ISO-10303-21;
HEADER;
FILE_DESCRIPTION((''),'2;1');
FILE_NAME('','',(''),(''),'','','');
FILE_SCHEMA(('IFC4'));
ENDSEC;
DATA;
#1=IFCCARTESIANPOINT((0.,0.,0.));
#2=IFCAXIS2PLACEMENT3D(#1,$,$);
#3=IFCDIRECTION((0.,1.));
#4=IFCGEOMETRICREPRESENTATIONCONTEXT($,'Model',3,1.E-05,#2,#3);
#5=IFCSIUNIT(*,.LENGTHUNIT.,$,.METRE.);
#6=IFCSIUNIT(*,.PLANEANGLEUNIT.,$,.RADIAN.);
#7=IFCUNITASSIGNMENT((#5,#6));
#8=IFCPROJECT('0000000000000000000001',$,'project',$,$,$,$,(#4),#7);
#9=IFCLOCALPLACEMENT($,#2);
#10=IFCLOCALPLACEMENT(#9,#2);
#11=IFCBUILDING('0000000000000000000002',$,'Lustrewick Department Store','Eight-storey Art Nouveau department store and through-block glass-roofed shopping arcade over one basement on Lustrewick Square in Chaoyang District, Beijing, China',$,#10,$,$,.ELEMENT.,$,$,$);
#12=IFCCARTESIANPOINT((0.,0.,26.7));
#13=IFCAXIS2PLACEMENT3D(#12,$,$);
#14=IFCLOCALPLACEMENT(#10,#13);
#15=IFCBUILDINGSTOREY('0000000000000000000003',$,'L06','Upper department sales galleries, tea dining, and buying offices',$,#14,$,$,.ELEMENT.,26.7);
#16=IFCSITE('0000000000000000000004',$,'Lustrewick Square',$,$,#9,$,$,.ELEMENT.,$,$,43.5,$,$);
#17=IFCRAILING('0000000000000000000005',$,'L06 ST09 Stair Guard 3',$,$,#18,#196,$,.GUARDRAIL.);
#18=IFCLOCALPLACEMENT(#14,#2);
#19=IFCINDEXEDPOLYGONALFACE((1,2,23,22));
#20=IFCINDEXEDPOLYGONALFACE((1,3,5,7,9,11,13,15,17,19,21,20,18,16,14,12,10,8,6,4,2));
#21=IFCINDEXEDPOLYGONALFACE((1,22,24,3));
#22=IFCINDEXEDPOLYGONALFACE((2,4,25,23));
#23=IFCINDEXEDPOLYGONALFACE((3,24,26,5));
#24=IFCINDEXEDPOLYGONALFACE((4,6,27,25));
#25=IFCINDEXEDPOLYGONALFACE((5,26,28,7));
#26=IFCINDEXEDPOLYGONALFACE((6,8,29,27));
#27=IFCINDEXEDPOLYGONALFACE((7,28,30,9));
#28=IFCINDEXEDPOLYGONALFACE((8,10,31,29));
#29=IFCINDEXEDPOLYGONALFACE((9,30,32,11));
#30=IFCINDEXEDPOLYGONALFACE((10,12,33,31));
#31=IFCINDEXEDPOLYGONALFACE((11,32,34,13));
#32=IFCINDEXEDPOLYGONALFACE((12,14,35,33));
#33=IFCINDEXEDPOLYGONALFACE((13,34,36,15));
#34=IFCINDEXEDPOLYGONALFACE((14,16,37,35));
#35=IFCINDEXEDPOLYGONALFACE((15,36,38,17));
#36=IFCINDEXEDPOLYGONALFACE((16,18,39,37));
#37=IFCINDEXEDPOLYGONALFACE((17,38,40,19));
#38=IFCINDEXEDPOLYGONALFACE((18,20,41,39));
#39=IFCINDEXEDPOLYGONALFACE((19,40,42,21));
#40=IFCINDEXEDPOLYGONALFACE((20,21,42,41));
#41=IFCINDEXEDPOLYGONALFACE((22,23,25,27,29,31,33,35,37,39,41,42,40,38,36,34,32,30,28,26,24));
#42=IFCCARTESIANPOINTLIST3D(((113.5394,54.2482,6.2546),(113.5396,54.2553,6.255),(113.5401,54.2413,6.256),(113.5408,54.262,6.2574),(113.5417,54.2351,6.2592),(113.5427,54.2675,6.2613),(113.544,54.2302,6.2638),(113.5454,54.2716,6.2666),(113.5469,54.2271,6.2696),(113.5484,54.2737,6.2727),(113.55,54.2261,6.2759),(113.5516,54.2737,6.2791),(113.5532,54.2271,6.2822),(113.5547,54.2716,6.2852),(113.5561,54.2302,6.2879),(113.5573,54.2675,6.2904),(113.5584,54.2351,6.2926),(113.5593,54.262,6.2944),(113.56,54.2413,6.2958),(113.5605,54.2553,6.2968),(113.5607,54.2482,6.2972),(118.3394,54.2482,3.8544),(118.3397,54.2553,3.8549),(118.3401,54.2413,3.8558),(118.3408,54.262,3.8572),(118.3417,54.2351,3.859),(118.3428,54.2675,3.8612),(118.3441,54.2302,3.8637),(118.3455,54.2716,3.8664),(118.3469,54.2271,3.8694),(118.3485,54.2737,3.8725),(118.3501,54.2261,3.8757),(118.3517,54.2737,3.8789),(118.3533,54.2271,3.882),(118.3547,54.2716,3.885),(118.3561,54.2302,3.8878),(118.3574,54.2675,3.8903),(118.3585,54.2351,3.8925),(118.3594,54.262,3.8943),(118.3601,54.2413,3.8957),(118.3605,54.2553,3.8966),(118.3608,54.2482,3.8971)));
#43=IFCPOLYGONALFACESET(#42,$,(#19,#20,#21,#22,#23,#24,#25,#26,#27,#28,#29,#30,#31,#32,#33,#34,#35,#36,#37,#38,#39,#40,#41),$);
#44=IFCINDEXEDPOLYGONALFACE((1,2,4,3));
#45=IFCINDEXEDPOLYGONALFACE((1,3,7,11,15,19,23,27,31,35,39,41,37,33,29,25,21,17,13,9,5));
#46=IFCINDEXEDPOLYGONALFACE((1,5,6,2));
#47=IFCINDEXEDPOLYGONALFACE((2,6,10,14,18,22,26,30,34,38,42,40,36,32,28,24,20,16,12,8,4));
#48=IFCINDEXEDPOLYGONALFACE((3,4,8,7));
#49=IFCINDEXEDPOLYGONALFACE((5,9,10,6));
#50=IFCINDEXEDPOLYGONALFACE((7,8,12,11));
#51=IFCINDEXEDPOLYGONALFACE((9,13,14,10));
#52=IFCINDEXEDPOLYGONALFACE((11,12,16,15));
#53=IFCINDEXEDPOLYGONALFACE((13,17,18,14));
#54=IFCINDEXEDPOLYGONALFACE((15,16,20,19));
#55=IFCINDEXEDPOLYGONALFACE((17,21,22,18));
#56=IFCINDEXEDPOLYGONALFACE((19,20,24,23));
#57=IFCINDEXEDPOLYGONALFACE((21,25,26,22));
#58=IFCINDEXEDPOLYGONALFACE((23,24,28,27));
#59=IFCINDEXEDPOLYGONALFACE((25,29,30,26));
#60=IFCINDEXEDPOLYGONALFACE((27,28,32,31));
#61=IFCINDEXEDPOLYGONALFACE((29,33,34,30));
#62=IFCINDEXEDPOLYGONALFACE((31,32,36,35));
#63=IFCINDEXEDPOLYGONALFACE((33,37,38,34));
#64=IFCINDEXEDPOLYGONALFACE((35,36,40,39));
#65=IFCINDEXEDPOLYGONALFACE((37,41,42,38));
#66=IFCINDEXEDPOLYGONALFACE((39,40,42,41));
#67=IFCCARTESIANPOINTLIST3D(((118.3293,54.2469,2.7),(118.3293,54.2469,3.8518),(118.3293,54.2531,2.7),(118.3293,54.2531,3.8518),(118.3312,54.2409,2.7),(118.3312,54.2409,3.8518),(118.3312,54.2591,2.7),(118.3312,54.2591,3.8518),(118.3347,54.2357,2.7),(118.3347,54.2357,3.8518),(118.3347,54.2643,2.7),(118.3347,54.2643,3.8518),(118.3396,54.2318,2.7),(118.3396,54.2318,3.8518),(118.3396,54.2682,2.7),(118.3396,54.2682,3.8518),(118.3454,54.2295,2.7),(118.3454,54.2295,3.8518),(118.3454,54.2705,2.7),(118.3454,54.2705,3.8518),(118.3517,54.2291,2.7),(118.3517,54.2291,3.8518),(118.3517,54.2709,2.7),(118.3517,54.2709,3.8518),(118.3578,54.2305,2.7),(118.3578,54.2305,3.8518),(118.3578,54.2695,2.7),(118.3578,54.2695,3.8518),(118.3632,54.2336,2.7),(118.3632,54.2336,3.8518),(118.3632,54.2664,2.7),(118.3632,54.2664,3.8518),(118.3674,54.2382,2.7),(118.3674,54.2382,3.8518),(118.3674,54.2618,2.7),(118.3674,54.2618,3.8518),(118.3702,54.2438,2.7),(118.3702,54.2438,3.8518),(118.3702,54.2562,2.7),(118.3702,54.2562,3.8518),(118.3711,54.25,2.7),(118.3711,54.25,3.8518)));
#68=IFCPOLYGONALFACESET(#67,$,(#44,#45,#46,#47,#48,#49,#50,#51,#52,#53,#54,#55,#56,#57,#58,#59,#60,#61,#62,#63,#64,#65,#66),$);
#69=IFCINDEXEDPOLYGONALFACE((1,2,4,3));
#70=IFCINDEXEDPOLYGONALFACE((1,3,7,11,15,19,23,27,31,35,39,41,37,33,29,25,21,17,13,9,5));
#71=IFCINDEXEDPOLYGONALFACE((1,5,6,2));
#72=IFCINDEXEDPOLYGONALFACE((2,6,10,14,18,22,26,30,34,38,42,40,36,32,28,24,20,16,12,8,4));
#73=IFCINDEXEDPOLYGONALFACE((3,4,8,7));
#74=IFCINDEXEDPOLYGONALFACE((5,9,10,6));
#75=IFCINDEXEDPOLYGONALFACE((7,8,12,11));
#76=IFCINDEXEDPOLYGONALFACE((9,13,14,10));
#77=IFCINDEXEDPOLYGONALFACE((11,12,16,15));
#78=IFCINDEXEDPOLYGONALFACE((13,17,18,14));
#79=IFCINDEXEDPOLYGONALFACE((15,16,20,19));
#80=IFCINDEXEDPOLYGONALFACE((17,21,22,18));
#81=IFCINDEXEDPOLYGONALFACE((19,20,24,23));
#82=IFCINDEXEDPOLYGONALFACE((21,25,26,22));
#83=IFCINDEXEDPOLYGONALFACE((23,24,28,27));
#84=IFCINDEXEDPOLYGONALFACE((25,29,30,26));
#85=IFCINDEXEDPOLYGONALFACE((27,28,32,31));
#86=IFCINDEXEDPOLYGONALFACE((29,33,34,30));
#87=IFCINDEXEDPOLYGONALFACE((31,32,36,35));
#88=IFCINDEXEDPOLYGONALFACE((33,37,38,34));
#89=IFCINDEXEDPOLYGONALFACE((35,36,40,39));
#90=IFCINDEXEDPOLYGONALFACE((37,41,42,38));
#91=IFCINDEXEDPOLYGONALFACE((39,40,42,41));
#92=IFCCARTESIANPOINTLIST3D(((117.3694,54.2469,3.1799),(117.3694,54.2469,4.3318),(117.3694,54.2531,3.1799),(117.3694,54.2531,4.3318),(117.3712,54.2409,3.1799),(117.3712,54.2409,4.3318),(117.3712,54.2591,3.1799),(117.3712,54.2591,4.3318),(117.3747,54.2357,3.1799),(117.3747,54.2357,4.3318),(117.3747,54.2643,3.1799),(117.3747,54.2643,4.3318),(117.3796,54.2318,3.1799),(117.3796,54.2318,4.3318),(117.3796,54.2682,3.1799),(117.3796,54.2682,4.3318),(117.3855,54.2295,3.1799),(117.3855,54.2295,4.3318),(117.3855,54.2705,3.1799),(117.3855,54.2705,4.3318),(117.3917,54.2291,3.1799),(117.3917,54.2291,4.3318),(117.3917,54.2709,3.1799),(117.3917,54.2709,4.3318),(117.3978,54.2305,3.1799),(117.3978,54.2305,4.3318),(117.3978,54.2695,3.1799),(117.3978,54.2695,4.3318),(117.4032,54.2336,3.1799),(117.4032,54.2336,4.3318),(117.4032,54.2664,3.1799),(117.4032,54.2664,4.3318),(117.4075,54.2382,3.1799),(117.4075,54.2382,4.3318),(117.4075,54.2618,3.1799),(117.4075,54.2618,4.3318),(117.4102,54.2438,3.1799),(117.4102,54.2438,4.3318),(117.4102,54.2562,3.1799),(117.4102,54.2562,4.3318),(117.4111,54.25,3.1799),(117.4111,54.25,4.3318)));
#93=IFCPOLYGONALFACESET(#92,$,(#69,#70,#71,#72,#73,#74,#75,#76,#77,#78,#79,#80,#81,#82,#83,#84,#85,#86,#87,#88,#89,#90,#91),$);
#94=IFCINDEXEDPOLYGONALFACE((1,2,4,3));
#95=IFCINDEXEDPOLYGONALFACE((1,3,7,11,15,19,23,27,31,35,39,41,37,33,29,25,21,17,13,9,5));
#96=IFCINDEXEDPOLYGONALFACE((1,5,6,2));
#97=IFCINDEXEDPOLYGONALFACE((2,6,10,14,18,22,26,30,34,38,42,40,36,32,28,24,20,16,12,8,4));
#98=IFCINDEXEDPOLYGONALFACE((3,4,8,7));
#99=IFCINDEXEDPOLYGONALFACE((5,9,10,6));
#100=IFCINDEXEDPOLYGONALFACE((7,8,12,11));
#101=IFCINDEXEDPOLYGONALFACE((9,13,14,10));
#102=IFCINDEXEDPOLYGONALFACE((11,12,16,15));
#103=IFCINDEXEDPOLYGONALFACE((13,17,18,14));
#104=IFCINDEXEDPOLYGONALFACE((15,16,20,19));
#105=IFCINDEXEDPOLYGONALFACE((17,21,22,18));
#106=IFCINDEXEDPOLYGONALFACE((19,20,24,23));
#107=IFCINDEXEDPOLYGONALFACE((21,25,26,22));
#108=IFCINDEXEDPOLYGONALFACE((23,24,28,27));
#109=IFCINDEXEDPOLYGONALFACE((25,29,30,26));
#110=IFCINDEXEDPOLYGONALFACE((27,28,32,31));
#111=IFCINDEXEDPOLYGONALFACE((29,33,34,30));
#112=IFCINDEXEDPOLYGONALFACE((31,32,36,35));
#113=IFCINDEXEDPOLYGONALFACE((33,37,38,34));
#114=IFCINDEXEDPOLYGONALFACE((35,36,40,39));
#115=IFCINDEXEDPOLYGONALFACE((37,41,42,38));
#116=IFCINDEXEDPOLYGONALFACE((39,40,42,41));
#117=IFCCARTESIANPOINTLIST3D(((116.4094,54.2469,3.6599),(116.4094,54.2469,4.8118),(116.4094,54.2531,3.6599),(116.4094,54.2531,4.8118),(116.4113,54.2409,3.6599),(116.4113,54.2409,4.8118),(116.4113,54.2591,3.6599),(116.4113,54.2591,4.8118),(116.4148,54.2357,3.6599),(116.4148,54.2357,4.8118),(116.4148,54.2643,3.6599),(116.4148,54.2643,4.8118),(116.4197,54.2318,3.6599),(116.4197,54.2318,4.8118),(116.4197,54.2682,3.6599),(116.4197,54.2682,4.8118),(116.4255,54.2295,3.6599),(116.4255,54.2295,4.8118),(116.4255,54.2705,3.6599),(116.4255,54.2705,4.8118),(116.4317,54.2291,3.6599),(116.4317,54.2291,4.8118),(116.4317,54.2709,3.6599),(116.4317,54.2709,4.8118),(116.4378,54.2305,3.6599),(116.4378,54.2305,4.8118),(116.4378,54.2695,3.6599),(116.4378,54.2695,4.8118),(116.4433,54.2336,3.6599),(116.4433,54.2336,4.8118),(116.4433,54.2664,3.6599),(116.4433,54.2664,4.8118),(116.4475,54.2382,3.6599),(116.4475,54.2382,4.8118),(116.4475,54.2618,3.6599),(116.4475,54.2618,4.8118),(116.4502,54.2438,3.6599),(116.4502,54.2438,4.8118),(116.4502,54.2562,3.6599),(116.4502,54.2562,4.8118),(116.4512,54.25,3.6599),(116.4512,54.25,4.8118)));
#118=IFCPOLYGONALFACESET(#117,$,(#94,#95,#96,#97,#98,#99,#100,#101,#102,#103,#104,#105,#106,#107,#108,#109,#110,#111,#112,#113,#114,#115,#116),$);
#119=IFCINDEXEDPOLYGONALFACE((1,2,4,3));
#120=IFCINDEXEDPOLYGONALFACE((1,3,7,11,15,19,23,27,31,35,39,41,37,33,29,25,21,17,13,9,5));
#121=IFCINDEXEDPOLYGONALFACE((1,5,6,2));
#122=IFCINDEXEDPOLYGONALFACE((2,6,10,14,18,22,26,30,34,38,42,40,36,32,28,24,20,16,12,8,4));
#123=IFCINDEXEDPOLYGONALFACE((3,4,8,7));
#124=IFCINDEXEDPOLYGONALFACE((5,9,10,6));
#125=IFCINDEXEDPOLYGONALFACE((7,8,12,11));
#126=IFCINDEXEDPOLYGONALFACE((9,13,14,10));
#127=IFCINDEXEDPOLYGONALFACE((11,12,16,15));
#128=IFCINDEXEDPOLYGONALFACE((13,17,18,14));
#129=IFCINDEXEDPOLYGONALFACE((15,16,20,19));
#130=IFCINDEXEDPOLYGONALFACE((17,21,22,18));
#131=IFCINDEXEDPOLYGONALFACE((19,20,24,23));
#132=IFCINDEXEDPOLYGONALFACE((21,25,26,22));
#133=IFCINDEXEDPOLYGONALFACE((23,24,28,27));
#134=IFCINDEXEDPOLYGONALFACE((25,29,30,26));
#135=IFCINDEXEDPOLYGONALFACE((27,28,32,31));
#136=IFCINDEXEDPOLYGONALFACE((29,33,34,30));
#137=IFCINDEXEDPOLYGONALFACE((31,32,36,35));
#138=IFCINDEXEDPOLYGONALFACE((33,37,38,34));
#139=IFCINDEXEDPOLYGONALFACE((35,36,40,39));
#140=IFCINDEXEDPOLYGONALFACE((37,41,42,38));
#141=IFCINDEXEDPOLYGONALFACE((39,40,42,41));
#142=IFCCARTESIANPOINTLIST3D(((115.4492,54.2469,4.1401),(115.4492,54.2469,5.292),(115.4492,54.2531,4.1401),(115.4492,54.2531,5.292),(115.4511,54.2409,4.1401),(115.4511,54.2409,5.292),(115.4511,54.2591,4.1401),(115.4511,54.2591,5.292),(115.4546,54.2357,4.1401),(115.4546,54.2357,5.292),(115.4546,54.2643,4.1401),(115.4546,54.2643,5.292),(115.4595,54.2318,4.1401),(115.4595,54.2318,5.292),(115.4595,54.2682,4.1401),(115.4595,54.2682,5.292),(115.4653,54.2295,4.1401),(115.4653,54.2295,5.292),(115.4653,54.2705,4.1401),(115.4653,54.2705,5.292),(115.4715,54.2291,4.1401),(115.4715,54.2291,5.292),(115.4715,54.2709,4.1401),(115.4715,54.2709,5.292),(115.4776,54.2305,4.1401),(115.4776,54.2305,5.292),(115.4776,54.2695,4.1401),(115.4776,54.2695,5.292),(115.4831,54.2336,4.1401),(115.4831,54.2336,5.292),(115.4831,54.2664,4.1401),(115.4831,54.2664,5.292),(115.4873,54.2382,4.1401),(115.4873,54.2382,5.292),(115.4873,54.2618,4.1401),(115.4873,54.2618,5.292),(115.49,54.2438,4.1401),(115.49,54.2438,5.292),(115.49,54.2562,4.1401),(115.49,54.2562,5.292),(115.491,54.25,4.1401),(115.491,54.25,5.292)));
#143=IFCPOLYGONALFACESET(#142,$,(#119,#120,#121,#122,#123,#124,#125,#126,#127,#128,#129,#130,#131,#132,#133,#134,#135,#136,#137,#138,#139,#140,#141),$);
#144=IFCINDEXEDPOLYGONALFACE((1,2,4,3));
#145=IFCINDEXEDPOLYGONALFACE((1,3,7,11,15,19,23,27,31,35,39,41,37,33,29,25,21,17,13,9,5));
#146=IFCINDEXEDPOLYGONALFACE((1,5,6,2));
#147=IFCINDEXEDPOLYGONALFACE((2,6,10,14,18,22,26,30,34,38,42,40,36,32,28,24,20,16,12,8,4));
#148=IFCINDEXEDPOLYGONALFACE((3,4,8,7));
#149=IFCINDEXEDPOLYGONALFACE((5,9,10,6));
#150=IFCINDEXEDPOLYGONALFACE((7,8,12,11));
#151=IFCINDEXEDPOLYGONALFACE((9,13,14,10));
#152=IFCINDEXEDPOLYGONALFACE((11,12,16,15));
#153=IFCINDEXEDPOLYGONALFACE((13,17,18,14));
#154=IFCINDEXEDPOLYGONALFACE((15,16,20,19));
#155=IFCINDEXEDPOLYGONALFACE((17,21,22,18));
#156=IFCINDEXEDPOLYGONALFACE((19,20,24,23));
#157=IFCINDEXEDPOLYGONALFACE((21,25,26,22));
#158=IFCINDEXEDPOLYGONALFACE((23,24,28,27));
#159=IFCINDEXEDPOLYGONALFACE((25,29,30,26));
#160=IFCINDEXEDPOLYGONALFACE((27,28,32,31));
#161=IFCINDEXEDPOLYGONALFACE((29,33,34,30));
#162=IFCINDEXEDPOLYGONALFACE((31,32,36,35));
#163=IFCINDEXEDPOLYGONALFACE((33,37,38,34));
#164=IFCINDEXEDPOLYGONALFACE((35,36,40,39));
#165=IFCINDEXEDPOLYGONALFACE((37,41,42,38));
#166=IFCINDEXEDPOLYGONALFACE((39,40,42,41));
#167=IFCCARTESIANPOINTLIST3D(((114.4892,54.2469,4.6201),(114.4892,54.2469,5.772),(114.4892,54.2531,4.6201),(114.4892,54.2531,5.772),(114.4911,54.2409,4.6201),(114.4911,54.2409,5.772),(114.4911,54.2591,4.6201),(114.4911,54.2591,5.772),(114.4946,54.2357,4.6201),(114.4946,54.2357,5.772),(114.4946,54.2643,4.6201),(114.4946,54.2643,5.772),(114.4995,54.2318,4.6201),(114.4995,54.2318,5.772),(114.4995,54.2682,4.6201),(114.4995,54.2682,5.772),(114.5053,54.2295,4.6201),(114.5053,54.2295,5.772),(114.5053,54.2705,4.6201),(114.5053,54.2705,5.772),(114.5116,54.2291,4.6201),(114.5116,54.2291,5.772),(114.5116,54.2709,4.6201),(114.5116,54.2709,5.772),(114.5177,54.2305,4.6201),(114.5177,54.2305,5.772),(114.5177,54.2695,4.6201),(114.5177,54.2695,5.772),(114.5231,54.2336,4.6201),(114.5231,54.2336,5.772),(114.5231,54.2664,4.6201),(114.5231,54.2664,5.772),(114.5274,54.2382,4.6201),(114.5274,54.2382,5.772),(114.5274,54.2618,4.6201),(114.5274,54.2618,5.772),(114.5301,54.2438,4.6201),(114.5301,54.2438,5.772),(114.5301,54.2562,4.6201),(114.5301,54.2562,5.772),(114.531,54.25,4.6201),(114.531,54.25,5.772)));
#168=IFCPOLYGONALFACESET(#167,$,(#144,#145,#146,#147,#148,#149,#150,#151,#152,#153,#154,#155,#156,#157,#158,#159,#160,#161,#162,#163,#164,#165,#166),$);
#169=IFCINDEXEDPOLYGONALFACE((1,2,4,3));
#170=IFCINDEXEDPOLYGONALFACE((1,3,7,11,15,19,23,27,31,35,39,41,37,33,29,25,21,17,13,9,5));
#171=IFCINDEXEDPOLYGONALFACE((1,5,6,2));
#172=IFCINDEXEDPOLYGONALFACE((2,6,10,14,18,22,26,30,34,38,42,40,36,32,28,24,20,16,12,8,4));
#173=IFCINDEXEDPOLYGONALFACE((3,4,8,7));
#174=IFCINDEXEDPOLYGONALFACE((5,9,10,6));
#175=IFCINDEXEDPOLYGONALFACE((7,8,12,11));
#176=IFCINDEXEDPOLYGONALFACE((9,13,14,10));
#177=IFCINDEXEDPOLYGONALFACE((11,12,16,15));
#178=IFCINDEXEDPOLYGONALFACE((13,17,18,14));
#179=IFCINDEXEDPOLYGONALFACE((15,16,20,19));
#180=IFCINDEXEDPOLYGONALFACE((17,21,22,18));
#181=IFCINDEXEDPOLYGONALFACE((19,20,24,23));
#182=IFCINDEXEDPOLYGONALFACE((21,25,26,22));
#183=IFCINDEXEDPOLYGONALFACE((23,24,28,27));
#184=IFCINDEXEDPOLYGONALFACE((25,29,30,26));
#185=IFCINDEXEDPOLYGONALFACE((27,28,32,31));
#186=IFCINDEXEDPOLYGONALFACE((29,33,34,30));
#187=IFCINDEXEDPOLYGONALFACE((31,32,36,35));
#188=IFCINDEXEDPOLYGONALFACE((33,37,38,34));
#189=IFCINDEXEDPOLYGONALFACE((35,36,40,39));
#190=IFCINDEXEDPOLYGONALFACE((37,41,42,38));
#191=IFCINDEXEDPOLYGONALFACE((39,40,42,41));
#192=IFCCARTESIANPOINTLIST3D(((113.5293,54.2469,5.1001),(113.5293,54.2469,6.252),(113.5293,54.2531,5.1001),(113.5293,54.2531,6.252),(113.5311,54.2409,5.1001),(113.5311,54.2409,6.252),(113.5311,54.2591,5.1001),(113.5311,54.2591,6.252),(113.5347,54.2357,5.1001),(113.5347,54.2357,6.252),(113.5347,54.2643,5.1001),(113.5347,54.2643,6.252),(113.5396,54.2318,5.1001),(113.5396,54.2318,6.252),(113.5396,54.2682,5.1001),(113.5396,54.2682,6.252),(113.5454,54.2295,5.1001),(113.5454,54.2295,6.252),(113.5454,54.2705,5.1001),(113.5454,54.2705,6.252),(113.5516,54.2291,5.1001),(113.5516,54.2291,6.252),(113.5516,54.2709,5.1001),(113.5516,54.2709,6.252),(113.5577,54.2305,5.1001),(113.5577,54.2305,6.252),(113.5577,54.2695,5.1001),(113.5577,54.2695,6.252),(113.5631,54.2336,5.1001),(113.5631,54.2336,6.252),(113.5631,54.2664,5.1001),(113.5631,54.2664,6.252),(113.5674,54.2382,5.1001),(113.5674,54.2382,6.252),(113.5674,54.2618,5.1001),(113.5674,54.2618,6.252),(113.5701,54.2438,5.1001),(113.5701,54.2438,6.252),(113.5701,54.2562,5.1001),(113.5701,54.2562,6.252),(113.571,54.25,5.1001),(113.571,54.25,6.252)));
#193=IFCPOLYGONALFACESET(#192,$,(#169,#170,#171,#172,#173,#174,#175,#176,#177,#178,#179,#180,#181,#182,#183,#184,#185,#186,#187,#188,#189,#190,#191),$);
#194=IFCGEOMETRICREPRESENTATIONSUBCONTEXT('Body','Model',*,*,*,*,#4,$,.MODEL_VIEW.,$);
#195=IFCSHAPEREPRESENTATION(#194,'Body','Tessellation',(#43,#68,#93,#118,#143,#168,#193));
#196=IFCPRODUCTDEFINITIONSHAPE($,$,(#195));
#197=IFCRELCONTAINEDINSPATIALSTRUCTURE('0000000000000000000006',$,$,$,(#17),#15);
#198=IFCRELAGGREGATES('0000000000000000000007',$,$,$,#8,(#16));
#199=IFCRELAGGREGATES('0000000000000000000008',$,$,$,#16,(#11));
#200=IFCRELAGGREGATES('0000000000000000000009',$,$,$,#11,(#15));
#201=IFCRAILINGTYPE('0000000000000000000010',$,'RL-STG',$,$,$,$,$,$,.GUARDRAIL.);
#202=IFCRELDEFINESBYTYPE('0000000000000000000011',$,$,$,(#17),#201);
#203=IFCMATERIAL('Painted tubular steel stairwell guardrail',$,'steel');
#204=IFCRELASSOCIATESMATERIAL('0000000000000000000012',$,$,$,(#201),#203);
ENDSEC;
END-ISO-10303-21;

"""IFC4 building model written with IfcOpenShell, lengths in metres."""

from ifc_helpers import new_model, si_unit, direction, frame, origin, origin_2d, place, context, subcontext, project, spatial, circle, extrude, material, type_object, element, save


model = new_model("IFC4")

# Units and contexts
model_context = context("Model", 3, precision=1e-05, world=origin(), true_north=direction((0.0, 1.0)))
body_context = subcontext(model_context, "Body", "Model", "MODEL_VIEW")
ifc_project = project(units=[si_unit("LENGTHUNIT", "METRE"), si_unit("PLANEANGLEUNIT", "RADIAN")], contexts=[model_context])

# Site, building, storey
site_placement = place(None, origin())
site = spatial("IfcSite", under=ifc_project, at=site_placement, Name="Lustrewick Square", CompositionType="ELEMENT", RefElevation=43.5)
building_placement = place(site_placement, origin())
building = spatial("IfcBuilding", under=site, at=building_placement, Name="Lustrewick Department Store", Description="Eight-storey Art Nouveau department store and through-block glass-roofed shopping arcade over one basement on Lustrewick Square in Chaoyang District, Beijing, China", CompositionType="ELEMENT")
storey_placement = place(building_placement, frame((0.0, 0.0, 26.7)))
storey = spatial("IfcBuildingStorey", under=building, at=storey_placement, Name="L06", Description="Upper department sales galleries, tea dining, and buying offices", CompositionType="ELEMENT", Elevation=26.7)

# Railing
ifc_material_1 = material(Name="Painted tubular steel stairwell guardrail", Category="steel")
railing_type_1 = type_object("IfcRailingType", Name="RL-STG", PredefinedType="GUARDRAIL", material=ifc_material_1)
railing_1_placement = place(storey_placement, frame((118.3501, 54.25, 2.7)))
element("IfcRailing", 1, at=railing_1_placement, inside=storey, type_object=railing_type_1, Name="L06 ST09 Stair Guard 3", PredefinedType="GUARDRAIL", context=body_context, shape_type="SweptSolid", body=[
    extrude(circle(Radius=0.0239, at=origin_2d()), frame((0.0, 0.0, 1.1758), z_axis=(-0.894418, 0.0, 0.447232), x_axis=(0.0, -1.0, 0.0)), (0.0, 0.0, 1.0), 5.3667),
    extrude(circle(Radius=0.021, at=origin_2d()), origin(), (0.0, 0.0, 1.0), 1.1519),
    extrude(circle(Radius=0.021, at=origin_2d()), frame((-0.96, 0.0, 0.48)), (0.0, 0.0, 1.0), 1.1519),
    extrude(circle(Radius=0.021, at=origin_2d()), frame((-1.9199, 0.0, 0.96)), (0.0, 0.0, 1.0), 1.1519),
    extrude(circle(Radius=0.021, at=origin_2d()), frame((-2.8801, 0.0, 1.4402)), (0.0, 0.0, 1.0), 1.1519),
    extrude(circle(Radius=0.021, at=origin_2d()), frame((-3.8401, 0.0, 1.9202)), (0.0, 0.0, 1.0), 1.1519),
    extrude(circle(Radius=0.021, at=origin_2d()), frame((-4.8, 0.0, 2.4001)), (0.0, 0.0, 1.0), 1.1519),
])

save(model, "model.ifc")
